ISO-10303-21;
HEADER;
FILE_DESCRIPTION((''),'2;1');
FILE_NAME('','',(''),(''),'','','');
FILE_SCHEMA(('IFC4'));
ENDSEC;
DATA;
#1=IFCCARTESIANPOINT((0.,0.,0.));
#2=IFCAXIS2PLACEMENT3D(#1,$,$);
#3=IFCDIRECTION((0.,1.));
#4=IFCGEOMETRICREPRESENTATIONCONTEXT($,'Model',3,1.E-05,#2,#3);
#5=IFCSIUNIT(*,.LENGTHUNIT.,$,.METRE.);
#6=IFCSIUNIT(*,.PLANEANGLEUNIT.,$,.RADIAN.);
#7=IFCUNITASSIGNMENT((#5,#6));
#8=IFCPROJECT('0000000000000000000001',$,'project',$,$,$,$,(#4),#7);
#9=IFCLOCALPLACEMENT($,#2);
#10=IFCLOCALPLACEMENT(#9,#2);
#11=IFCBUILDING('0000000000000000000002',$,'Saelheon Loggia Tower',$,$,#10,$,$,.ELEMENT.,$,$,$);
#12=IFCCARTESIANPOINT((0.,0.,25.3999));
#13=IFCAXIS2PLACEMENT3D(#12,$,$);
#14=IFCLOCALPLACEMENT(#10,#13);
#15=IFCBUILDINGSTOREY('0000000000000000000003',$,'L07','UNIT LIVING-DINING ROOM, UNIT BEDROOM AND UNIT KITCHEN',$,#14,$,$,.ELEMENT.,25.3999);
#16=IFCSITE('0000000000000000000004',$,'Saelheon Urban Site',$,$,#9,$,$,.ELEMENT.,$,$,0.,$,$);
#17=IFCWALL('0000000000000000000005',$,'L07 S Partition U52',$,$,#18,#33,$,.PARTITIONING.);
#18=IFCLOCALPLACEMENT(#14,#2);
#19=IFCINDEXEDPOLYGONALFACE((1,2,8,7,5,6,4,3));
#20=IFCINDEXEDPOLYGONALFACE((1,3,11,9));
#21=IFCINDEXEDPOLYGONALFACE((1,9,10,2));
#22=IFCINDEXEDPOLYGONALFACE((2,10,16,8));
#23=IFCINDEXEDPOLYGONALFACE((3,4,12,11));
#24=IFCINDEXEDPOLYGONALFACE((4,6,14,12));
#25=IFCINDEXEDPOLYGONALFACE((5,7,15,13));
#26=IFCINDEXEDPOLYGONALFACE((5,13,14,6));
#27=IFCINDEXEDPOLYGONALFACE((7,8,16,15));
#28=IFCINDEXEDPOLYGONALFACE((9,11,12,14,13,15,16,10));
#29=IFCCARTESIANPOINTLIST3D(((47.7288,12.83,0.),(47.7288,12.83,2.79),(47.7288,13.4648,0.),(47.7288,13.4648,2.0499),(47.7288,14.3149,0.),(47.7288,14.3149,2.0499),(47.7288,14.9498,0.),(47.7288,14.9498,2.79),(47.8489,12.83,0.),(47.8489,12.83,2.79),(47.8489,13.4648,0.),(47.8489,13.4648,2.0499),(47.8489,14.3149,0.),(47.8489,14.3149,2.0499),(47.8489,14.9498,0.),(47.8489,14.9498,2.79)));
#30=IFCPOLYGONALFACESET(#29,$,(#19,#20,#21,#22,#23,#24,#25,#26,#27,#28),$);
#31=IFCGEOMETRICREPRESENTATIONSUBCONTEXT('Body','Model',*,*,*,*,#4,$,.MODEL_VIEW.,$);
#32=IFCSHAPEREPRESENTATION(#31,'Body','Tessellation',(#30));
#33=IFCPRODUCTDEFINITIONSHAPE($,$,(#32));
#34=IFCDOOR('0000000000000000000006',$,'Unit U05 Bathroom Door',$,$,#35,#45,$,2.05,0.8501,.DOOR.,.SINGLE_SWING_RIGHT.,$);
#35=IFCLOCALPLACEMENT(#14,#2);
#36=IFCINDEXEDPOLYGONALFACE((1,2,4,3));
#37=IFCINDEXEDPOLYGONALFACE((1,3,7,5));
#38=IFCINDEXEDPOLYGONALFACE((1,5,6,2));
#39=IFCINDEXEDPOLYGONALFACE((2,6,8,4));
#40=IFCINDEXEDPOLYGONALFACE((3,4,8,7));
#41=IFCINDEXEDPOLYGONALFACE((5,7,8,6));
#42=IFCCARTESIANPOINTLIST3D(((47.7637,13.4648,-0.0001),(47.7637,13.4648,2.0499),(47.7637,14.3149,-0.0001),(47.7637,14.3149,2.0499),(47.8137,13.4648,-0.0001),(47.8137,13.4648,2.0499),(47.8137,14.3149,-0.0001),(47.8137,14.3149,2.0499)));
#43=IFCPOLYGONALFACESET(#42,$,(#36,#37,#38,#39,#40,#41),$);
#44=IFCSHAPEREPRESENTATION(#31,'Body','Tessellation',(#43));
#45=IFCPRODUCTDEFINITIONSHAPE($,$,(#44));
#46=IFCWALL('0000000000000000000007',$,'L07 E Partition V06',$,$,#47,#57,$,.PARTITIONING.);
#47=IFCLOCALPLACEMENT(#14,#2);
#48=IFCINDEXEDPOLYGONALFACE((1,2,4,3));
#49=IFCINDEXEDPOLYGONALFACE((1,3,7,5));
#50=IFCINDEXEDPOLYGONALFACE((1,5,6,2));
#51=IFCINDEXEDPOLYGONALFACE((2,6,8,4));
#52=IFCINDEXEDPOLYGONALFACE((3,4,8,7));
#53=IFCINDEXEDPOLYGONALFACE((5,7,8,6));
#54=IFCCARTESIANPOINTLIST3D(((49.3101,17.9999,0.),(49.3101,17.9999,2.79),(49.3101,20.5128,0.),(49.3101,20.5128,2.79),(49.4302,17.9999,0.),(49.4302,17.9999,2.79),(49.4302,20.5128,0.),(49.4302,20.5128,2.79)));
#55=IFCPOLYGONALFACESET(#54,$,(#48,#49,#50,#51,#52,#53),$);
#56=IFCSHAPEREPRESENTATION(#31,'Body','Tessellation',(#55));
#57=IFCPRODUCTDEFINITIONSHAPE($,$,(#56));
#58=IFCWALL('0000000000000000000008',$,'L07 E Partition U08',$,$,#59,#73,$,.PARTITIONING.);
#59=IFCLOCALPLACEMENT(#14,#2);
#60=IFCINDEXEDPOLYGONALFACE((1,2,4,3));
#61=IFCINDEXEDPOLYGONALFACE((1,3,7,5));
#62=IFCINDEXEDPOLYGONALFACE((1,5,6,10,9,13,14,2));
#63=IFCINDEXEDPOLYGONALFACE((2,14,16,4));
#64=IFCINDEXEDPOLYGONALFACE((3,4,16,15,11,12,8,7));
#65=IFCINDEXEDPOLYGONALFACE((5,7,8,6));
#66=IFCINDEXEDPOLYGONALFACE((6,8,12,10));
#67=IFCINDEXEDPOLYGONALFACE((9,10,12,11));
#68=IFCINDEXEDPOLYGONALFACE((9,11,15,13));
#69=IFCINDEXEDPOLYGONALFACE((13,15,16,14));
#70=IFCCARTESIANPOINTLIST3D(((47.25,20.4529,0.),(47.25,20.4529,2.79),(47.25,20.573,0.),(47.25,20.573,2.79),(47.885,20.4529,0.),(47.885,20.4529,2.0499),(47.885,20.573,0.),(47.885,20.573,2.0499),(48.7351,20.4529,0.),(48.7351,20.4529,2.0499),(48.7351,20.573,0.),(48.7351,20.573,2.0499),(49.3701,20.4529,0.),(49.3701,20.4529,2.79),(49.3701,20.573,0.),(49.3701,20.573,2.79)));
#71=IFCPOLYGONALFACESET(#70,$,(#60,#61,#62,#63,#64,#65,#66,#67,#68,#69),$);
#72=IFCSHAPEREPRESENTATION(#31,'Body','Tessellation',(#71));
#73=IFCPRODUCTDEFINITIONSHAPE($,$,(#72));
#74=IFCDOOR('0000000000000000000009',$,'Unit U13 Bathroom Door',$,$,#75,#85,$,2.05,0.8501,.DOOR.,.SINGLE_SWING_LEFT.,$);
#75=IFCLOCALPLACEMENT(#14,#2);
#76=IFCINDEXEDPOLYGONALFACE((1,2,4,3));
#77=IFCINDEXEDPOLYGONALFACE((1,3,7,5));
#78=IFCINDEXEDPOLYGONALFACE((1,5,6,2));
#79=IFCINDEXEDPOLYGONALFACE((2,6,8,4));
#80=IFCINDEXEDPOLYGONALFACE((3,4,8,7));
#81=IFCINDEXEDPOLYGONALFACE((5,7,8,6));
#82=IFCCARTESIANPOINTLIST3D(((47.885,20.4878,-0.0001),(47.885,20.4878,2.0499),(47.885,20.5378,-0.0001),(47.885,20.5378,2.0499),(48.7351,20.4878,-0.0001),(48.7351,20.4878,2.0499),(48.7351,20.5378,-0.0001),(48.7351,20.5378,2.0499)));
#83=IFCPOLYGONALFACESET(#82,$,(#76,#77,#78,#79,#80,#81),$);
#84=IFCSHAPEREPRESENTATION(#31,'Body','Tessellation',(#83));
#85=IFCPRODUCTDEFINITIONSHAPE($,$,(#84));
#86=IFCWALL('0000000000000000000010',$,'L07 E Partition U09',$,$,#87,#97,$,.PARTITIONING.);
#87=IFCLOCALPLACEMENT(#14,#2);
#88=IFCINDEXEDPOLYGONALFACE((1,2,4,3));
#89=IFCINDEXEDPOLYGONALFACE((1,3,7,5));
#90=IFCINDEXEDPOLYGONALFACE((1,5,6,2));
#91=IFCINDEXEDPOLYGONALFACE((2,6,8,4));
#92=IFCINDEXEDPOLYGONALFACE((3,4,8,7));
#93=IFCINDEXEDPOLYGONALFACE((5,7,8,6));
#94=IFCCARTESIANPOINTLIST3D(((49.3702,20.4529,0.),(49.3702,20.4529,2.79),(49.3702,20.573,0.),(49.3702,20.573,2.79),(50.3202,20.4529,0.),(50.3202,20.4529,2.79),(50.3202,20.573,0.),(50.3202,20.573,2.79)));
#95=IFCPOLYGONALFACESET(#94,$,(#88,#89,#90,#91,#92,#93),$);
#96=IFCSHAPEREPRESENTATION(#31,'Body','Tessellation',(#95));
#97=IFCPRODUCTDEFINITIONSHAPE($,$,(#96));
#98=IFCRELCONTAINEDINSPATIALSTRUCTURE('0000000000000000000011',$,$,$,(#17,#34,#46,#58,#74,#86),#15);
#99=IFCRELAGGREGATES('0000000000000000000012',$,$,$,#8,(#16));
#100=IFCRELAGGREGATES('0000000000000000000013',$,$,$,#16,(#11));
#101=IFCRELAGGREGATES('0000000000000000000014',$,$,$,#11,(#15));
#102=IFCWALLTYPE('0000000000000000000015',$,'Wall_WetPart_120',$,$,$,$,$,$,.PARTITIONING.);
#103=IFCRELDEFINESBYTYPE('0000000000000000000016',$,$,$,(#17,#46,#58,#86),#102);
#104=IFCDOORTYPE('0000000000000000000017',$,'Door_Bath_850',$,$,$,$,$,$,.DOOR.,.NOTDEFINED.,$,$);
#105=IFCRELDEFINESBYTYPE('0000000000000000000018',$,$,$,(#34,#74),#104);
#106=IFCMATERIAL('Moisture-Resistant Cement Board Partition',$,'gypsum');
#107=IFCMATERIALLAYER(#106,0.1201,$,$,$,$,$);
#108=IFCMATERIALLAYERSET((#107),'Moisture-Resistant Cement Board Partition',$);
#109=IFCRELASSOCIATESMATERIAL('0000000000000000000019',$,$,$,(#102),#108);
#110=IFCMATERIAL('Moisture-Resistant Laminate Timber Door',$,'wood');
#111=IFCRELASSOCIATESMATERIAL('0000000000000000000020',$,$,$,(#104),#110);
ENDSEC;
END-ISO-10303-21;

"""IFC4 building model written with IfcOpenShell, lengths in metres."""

from ifc_helpers import new_model, si_unit, direction, frame, frame_2d, origin, place, context, subcontext, project, spatial, rectangle, extrude, source, transform, mapped, material, layer, layer_set, type_object, element, fill, save


model = new_model("IFC4")

# Units and contexts
model_context = context("Model", 3, precision=1e-05, world=origin(), true_north=direction((0.0, 1.0)))
body_context = subcontext(model_context, "Body", "Model", "MODEL_VIEW")
ifc_project = project(units=[si_unit("LENGTHUNIT", "METRE"), si_unit("PLANEANGLEUNIT", "RADIAN")], contexts=[model_context])

# Site, building, storey
site_placement = place(None, origin())
site = spatial("IfcSite", under=ifc_project, at=site_placement, Name="Saelheon Urban Site", CompositionType="ELEMENT", RefElevation=0.0)
building_placement = place(site_placement, origin())
building = spatial("IfcBuilding", under=site, at=building_placement, Name="Saelheon Loggia Tower", CompositionType="ELEMENT")
storey_placement = place(building_placement, frame((0.0, 0.0, 25.3999)))
storey = spatial("IfcBuildingStorey", under=building, at=storey_placement, Name="L07", Description="UNIT LIVING-DINING ROOM, UNIT BEDROOM AND UNIT KITCHEN", CompositionType="ELEMENT", Elevation=25.3999)

# Wall, opening, door
ifc_material_1 = material(Name="Moisture-Resistant Cement Board Partition", Category="gypsum")
ifc_layer_1 = layer(ifc_material_1, 0.1201)
ifc_layer_set_1 = layer_set([ifc_layer_1], Name="Moisture-Resistant Cement Board Partition")
wall_type_1 = type_object("IfcWallType", Name="Wall_WetPart_120", PredefinedType="PARTITIONING", material=ifc_layer_set_1)
wall_1_placement = place(storey_placement, frame((47.7888, 14.95, 0.0), z_axis=(0.0, 0.0, 1.0), x_axis=(0.0, -1.0, 0.0)))
wall_1 = element("IfcWall", 1, at=wall_1_placement, inside=storey, type_object=wall_type_1, Name="L07 S Partition U52", PredefinedType="PARTITIONING", context=body_context, shape_type="SweptSolid", body=[
    extrude(rectangle(XDim=2.1199, YDim=0.1201, at=frame_2d((1.0601, 0.0))), origin(), (0.0, 0.0, 1.0), 2.79),
])
opening_1_placement = place(wall_1_placement, frame((0.635, 0.0, 0.0)))
opening_1 = element("IfcOpeningElement", 2, at=opening_1_placement, cuts=wall_1, PredefinedType="OPENING", context=body_context, shape_type="SweptSolid", body=[
    extrude(rectangle(XDim=0.8501, YDim=2.05, at=frame_2d((0.425, 1.0249))), frame((0.0, 0.072, 0.0), z_axis=(0.0, -1.0, 0.0), x_axis=(1.0, 0.0, 0.0)), (0.0, 0.0, 1.0), 0.144),
])
ifc_material_2 = material(Name="Moisture-Resistant Laminate Timber Door", Category="wood")
door_type_1 = type_object("IfcDoorType", Name="Door_Bath_850", OperationType="NOTDEFINED", PredefinedType="DOOR", material=ifc_material_2)
shared_shape_1 = source(origin(), body_context, "Body", "SweptSolid", [
    extrude(rectangle(XDim=0.8501, YDim=2.05, at=frame_2d((0.425, 1.0249))), frame((0.0, 0.0249, 0.0), z_axis=(0.0, -1.0, 0.0), x_axis=(1.0, 0.0, 0.0)), (0.0, 0.0, 1.0), 0.05),
])
door_1_placement = place(opening_1_placement, origin())
door_1 = element("IfcDoor", 3, at=door_1_placement, inside=storey, type_object=door_type_1, Name="Unit U05 Bathroom Door", OperationType="SINGLE_SWING_RIGHT", OverallHeight=2.05, OverallWidth=0.8501, PredefinedType="DOOR", context=body_context, shape_type="MappedRepresentation", body=[
    mapped(shared_shape_1, transform((0.0, 0.0, 0.0), scale=1.0)),
])
fill(opening_1, door_1)

# Wall
wall_2_placement = place(storey_placement, frame((49.3701, 18.0, 0.0), z_axis=(0.0, 0.0, 1.0), x_axis=(0.0, 1.0, 0.0)))
element("IfcWall", 4, at=wall_2_placement, inside=storey, type_object=wall_type_1, Name="L07 E Partition V06", PredefinedType="PARTITIONING", context=body_context, shape_type="SweptSolid", body=[
    extrude(rectangle(XDim=2.5129, YDim=0.1201, at=frame_2d((1.2563, 0.0))), origin(), (0.0, 0.0, 1.0), 2.79),
])

# Wall, opening, door
wall_3_placement = place(storey_placement, frame((47.25, 20.5129, 0.0), z_axis=(0.0, 0.0, 1.0), x_axis=(1.0, 0.0, 0.0)))
wall_3 = element("IfcWall", 5, at=wall_3_placement, inside=storey, type_object=wall_type_1, Name="L07 E Partition U08", PredefinedType="PARTITIONING", context=body_context, shape_type="SweptSolid", body=[
    extrude(rectangle(XDim=2.1201, YDim=0.1201, at=frame_2d((1.0601, 0.0))), origin(), (0.0, 0.0, 1.0), 2.79),
])
opening_2_placement = place(wall_3_placement, frame((0.635, 0.0, 0.0)))
opening_2 = element("IfcOpeningElement", 6, at=opening_2_placement, cuts=wall_3, PredefinedType="OPENING", context=body_context, shape_type="SweptSolid", body=[
    extrude(rectangle(XDim=0.8501, YDim=2.05, at=frame_2d((0.425, 1.0249))), frame((0.0, 0.072, 0.0), z_axis=(0.0, -1.0, 0.0), x_axis=(1.0, 0.0, 0.0)), (0.0, 0.0, 1.0), 0.144),
])
door_2_placement = place(opening_2_placement, origin())
door_2 = element("IfcDoor", 7, at=door_2_placement, inside=storey, type_object=door_type_1, Name="Unit U13 Bathroom Door", OperationType="SINGLE_SWING_LEFT", OverallHeight=2.05, OverallWidth=0.8501, PredefinedType="DOOR", context=body_context, shape_type="MappedRepresentation", body=[
    mapped(shared_shape_1, transform((0.0, 0.0, 0.0), scale=1.0)),
])
fill(opening_2, door_2)

# Wall
wall_4_placement = place(storey_placement, frame((49.3701, 20.5129, 0.0), z_axis=(0.0, 0.0, 1.0), x_axis=(1.0, 0.0, 0.0)))
element("IfcWall", 8, at=wall_4_placement, inside=storey, type_object=wall_type_1, Name="L07 E Partition U09", PredefinedType="PARTITIONING", context=body_context, shape_type="SweptSolid", body=[
    extrude(rectangle(XDim=0.95, YDim=0.1201, at=frame_2d((0.4751, 0.0))), origin(), (0.0, 0.0, 1.0), 2.79),
])

save(model, "model.ifc")
